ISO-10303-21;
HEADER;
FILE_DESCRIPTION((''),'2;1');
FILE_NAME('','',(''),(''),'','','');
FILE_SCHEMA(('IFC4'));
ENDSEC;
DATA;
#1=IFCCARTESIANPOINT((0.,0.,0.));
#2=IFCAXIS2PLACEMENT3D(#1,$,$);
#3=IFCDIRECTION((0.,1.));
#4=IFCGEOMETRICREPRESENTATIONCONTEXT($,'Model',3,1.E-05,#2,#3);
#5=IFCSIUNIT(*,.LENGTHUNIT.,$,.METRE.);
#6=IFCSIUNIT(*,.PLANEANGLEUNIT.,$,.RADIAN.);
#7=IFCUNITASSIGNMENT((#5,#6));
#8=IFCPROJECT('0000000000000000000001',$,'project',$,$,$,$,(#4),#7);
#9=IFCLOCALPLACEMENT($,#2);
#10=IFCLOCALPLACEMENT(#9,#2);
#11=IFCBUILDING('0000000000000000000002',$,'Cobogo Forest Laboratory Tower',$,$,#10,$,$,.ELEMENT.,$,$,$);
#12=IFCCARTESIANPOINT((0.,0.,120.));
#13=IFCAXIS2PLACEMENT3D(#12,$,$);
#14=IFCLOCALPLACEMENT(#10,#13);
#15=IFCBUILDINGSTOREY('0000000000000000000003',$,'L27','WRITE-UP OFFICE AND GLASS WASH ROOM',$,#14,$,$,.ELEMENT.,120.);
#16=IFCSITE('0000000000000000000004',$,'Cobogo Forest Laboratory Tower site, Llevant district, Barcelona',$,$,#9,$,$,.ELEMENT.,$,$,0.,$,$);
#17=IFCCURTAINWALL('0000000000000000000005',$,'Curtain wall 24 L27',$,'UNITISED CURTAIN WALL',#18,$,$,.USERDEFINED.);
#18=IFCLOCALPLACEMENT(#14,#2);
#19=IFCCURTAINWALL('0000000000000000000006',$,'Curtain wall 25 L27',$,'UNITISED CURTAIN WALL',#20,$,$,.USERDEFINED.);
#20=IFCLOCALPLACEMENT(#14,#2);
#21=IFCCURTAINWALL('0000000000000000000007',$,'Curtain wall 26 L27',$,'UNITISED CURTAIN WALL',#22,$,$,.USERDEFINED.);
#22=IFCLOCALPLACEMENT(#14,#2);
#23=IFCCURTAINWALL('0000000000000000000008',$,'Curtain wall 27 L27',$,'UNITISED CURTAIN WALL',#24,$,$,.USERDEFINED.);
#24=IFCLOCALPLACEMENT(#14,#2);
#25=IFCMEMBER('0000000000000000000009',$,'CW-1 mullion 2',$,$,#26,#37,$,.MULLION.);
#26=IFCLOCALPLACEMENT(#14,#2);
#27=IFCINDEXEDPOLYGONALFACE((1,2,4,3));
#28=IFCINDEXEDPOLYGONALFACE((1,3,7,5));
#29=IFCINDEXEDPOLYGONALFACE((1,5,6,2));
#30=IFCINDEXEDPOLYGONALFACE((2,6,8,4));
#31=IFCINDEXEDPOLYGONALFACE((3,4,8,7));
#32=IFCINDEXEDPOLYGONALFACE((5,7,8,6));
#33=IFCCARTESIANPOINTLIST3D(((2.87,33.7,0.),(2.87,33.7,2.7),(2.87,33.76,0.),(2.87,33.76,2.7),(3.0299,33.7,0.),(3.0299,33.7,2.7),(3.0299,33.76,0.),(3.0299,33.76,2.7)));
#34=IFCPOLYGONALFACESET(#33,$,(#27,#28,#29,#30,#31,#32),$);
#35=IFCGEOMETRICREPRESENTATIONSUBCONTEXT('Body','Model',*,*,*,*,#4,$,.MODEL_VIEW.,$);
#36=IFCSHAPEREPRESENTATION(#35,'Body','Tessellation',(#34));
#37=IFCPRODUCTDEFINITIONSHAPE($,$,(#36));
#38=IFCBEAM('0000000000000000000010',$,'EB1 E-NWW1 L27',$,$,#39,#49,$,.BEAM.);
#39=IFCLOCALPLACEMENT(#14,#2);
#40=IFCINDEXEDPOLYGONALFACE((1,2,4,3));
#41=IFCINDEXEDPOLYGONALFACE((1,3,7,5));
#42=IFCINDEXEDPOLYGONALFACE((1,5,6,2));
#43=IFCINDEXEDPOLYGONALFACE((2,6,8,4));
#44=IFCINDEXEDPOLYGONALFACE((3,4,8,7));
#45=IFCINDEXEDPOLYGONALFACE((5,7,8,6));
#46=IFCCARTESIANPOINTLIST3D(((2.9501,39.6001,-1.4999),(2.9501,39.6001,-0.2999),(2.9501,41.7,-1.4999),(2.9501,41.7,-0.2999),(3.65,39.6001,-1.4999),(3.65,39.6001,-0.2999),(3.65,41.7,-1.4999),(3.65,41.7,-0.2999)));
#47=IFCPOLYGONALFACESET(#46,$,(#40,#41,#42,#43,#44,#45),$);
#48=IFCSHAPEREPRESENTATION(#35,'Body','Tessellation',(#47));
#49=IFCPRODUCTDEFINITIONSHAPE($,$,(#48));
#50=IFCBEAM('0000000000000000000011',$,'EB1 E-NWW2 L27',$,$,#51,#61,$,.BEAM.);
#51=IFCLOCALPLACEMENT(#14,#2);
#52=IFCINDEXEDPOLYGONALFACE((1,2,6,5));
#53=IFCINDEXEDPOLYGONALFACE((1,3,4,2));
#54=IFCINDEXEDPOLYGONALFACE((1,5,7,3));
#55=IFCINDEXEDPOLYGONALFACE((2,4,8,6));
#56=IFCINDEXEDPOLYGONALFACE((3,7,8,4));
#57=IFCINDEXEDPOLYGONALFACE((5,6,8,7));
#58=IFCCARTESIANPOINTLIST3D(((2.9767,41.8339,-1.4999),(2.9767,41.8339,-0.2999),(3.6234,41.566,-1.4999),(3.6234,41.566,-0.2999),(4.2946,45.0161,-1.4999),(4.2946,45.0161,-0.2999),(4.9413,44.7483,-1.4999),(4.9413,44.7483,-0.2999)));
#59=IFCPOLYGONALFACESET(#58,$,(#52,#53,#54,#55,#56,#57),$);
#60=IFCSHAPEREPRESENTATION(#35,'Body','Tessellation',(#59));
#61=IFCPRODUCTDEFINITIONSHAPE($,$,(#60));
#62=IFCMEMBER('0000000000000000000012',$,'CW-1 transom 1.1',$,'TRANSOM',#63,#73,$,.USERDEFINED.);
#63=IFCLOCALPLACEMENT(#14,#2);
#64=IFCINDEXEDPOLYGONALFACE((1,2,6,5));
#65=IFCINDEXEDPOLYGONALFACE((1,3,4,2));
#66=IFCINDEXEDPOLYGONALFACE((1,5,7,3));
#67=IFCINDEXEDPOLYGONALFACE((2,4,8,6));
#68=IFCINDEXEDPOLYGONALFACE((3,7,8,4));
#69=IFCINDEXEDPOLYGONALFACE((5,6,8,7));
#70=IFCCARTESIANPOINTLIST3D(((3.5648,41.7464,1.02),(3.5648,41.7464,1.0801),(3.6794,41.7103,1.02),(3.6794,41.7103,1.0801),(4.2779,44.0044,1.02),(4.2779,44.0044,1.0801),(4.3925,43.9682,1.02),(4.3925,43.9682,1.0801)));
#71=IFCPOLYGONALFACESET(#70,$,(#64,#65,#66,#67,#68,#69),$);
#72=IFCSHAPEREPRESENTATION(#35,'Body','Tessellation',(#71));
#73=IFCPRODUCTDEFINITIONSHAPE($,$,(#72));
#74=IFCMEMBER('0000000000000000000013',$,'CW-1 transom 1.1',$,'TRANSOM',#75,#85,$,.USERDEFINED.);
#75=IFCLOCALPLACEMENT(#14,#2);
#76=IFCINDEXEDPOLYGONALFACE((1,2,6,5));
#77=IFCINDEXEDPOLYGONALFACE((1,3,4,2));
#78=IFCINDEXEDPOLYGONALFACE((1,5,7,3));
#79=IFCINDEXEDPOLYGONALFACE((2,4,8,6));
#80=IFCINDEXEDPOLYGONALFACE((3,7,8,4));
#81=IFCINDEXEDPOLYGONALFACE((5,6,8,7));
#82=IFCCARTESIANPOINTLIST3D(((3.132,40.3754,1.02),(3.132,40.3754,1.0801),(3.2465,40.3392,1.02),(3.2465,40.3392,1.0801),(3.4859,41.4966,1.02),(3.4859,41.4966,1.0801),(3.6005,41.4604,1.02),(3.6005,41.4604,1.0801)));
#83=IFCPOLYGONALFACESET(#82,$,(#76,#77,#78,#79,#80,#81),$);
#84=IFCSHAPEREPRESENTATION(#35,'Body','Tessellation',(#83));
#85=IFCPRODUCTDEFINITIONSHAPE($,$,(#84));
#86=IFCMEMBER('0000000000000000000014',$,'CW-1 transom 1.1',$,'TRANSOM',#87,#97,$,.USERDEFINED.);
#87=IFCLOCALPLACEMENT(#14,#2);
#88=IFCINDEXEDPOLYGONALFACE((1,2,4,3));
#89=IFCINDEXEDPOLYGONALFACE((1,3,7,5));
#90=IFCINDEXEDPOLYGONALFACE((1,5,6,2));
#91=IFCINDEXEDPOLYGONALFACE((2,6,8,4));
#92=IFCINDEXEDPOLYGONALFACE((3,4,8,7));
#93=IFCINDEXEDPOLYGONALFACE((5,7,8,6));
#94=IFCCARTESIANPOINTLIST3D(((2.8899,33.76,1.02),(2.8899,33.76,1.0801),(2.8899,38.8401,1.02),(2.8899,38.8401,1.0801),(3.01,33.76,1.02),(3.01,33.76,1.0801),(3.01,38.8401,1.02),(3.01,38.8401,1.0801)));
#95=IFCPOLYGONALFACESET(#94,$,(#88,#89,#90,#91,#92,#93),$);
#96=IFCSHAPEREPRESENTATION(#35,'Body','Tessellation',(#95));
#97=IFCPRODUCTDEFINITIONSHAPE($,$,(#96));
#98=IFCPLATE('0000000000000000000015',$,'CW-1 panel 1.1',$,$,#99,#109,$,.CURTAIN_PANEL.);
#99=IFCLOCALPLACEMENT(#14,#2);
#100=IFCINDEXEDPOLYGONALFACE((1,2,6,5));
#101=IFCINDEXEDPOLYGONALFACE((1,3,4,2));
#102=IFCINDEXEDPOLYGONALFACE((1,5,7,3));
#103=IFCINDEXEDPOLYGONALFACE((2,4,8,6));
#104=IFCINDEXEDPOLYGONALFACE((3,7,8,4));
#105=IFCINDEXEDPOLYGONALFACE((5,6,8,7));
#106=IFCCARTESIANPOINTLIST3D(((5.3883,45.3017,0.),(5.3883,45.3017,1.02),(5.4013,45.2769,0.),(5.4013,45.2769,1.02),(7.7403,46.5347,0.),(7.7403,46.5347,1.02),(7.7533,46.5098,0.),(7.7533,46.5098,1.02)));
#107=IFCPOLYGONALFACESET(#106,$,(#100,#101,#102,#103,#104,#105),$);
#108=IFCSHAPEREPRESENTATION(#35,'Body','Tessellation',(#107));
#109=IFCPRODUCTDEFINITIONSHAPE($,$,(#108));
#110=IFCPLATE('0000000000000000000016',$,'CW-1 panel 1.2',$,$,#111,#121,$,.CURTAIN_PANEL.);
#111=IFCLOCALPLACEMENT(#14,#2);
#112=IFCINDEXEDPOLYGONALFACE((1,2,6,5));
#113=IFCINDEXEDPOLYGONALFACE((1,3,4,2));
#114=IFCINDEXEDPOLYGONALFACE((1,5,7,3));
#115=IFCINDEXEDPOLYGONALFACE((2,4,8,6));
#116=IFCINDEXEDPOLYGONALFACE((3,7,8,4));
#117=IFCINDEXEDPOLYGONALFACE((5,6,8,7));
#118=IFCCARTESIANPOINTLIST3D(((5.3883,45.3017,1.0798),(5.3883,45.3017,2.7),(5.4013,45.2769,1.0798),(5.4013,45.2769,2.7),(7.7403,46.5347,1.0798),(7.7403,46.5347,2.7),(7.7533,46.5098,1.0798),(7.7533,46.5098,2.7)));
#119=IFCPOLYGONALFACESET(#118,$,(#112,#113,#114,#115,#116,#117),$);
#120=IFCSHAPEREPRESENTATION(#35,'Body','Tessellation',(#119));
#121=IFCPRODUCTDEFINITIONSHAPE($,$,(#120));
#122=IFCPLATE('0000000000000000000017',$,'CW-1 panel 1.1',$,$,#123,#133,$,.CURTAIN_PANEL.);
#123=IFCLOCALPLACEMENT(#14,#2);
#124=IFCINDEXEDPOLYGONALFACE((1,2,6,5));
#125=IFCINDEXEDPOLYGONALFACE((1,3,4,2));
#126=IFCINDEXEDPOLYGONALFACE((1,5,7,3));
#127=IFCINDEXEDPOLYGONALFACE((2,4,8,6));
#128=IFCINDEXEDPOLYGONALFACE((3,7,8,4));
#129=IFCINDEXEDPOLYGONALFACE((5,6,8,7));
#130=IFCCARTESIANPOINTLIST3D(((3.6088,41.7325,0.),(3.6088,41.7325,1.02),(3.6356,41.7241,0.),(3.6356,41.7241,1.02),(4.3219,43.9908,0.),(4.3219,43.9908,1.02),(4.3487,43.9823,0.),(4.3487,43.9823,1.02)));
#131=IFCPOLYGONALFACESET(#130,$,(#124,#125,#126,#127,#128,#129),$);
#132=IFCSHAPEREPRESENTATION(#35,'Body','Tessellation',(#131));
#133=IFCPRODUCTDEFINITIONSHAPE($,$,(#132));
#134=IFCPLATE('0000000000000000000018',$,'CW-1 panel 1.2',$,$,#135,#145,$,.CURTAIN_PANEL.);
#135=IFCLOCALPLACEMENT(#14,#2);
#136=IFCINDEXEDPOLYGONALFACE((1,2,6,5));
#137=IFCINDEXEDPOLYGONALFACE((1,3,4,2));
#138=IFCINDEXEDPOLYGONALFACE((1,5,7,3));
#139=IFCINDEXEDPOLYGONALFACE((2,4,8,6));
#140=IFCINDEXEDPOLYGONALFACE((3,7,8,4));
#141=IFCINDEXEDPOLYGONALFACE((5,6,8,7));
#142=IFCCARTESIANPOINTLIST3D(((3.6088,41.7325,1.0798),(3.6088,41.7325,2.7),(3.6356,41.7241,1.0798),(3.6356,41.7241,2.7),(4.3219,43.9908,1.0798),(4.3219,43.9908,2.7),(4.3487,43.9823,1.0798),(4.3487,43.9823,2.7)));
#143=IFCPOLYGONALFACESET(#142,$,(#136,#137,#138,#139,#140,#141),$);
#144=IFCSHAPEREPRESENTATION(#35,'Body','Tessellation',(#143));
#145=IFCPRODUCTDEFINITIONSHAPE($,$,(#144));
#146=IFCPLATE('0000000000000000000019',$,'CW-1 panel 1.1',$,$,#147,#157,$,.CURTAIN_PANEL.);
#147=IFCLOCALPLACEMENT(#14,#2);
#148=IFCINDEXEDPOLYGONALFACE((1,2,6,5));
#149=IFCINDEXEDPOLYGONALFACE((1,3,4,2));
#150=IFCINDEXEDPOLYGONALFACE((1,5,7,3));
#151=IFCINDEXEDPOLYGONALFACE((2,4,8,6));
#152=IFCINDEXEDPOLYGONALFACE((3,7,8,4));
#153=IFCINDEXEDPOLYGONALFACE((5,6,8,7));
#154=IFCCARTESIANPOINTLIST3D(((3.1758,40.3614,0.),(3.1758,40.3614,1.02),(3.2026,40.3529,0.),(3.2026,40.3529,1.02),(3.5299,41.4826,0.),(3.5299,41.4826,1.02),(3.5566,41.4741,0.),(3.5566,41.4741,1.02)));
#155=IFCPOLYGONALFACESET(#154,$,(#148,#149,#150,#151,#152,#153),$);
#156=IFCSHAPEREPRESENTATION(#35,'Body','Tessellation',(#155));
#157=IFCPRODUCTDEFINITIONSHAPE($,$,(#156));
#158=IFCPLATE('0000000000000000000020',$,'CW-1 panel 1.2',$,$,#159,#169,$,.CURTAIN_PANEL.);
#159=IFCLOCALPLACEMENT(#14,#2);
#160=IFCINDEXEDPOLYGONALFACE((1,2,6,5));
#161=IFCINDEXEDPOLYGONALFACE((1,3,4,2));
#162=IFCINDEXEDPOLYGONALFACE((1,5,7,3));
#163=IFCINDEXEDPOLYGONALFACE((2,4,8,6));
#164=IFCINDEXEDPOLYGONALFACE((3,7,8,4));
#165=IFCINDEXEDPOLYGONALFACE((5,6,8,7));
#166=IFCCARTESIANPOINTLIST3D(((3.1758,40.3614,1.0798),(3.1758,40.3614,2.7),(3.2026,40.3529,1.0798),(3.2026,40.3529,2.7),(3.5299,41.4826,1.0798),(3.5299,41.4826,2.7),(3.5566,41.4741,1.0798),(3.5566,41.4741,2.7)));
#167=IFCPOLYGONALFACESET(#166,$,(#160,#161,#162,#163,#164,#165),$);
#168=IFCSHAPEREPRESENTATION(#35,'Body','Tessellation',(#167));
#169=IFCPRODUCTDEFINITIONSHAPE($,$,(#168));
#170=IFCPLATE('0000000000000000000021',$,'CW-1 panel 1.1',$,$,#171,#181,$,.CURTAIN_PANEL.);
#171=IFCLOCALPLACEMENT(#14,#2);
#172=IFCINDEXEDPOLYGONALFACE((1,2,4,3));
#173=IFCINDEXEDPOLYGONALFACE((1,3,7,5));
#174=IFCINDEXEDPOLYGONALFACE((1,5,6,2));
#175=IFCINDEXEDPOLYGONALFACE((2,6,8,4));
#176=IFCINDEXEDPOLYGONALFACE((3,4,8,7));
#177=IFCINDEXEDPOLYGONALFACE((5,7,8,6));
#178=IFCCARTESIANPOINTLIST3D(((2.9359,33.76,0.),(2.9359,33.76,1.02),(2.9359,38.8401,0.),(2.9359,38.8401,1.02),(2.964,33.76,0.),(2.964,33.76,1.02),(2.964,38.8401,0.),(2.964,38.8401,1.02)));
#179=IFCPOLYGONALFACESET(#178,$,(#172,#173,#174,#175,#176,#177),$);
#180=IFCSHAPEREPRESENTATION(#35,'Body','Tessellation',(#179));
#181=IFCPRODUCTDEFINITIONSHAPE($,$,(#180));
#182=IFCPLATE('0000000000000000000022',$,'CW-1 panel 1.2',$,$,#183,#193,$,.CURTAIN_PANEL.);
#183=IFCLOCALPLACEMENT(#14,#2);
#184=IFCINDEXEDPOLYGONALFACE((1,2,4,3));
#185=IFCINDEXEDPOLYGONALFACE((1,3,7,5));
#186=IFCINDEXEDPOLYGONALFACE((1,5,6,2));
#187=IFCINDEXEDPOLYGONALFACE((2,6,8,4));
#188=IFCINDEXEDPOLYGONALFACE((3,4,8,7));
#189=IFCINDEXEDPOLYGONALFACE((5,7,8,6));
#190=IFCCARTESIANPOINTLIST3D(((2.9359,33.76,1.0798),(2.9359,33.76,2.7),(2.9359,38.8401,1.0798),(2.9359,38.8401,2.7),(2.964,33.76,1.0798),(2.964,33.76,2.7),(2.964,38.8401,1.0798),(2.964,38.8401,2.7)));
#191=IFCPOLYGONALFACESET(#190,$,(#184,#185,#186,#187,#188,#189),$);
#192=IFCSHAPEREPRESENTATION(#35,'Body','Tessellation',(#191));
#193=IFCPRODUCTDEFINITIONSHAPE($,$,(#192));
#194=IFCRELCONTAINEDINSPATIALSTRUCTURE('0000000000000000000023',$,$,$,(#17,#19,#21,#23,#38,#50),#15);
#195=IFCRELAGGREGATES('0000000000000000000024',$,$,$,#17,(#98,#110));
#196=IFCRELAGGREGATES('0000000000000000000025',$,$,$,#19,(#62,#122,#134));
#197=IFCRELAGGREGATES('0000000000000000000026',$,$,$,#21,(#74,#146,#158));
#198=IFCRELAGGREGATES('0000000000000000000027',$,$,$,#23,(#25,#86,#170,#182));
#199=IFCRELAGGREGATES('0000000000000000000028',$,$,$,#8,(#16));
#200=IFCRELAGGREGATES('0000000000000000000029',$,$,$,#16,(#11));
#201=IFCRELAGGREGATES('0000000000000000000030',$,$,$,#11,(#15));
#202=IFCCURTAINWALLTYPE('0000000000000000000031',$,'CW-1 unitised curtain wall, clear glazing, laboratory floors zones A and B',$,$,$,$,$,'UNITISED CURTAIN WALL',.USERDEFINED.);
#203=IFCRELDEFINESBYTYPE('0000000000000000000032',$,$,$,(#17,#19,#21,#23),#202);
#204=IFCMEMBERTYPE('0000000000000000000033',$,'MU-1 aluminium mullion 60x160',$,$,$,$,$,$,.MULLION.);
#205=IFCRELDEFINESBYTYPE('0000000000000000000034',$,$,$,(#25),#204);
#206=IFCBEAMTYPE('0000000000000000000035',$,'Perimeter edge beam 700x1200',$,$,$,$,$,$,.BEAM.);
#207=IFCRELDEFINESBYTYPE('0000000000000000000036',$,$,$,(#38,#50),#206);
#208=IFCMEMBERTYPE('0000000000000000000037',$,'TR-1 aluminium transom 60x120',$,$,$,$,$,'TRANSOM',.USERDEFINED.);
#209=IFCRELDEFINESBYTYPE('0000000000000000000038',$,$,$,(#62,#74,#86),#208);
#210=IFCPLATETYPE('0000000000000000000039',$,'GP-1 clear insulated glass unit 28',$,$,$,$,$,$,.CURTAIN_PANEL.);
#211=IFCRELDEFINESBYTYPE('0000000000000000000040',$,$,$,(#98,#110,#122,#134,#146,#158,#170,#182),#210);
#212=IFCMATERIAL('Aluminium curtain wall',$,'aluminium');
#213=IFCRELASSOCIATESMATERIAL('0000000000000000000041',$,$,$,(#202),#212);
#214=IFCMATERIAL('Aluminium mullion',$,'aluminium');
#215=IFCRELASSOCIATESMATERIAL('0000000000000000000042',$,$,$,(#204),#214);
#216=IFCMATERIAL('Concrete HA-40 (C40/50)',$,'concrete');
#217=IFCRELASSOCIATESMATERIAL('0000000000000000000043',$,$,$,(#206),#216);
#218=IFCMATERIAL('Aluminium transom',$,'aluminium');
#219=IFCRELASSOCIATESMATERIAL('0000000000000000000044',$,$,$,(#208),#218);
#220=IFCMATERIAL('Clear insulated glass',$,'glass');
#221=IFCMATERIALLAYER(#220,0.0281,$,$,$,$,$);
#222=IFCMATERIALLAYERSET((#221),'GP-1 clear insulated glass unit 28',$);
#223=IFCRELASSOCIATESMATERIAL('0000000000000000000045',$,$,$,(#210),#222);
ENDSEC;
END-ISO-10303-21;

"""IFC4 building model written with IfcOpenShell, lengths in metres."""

from ifc_helpers import new_model, si_unit, direction, frame, origin, origin_2d, place, context, subcontext, project, spatial, rectangle, extrude, material, layer, layer_set, material_profile, profile_set, type_object, element, aggregate, save


model = new_model("IFC4")

# Units and contexts
model_context = context("Model", 3, precision=1e-05, world=origin(), true_north=direction((0.0, 1.0)))
body_context = subcontext(model_context, "Body", "Model", "MODEL_VIEW")
ifc_project = project(units=[si_unit("LENGTHUNIT", "METRE"), si_unit("PLANEANGLEUNIT", "RADIAN")], contexts=[model_context])

# Site, building, storey
site_placement = place(None, origin())
site = spatial("IfcSite", under=ifc_project, at=site_placement, Name="Cobogo Forest Laboratory Tower site, Llevant district, Barcelona", CompositionType="ELEMENT", RefElevation=0.0)
building_placement = place(site_placement, origin())
building = spatial("IfcBuilding", under=site, at=building_placement, Name="Cobogo Forest Laboratory Tower", CompositionType="ELEMENT")
storey_placement = place(building_placement, frame((0.0, 0.0, 120.0)))
storey = spatial("IfcBuildingStorey", under=building, at=storey_placement, Name="L27", Description="WRITE-UP OFFICE AND GLASS WASH ROOM", CompositionType="ELEMENT", Elevation=120.0)

# Shared definitions
ifc_material_1 = material(Name="Concrete HA-40 (C40/50)", Category="concrete")

# Curtain wall
ifc_material_2 = material(Name="Aluminium curtain wall", Category="aluminium")
curtain_wall_type = type_object("IfcCurtainWallType", Name="CW-1 unitised curtain wall, clear glazing, laboratory floors zones A and B", ElementType="UNITISED CURTAIN WALL", PredefinedType="USERDEFINED", material=ifc_material_2)
curtain_wall_1_placement = place(storey_placement, origin())
curtain_wall_1 = element("IfcCurtainWall", 1, at=curtain_wall_1_placement, inside=storey, type_object=curtain_wall_type, Name="Curtain wall 24 L27", ObjectType="UNITISED CURTAIN WALL", PredefinedType="USERDEFINED")
ifc_material_3 = material(Name="Aluminium mullion", Category="aluminium")
ifc_material_profile_1 = material_profile(ifc_material_3, rectangle(XDim=0.0601, YDim=0.1599, at=origin_2d()), Name="AL 60x160")
ifc_profile_set_1 = profile_set([ifc_material_profile_1], Name="Aluminium mullion")
member_type_1 = type_object("IfcMemberType", Name="MU-1 aluminium mullion 60x160", PredefinedType="MULLION", material=ifc_profile_set_1)

# Curtain walls, member
curtain_wall_2_placement = place(storey_placement, origin())
curtain_wall_2 = element("IfcCurtainWall", 2, at=curtain_wall_2_placement, inside=storey, type_object=curtain_wall_type, Name="Curtain wall 25 L27", ObjectType="UNITISED CURTAIN WALL", PredefinedType="USERDEFINED")
curtain_wall_3_placement = place(storey_placement, origin())
curtain_wall_3 = element("IfcCurtainWall", 3, at=curtain_wall_3_placement, inside=storey, type_object=curtain_wall_type, Name="Curtain wall 26 L27", ObjectType="UNITISED CURTAIN WALL", PredefinedType="USERDEFINED")
curtain_wall_4_placement = place(storey_placement, origin())
curtain_wall_4 = element("IfcCurtainWall", 4, at=curtain_wall_4_placement, inside=storey, type_object=curtain_wall_type, Name="Curtain wall 27 L27", ObjectType="UNITISED CURTAIN WALL", PredefinedType="USERDEFINED")
member_1_placement = place(storey_placement, frame((2.95, 33.73, 0.0), z_axis=(0.0, 0.0, 1.0), x_axis=(0.0, -1.0, 0.0)))
member_1 = element("IfcMember", 5, at=member_1_placement, type_object=member_type_1, Name="CW-1 mullion 2", PredefinedType="MULLION", context=body_context, shape_type="SweptSolid", body=[
    extrude(rectangle(XDim=0.0601, YDim=0.1599, at=origin_2d()), origin(), (0.0, 0.0, 1.0), 2.7),
])

# Beams
ifc_material_profile_2 = material_profile(ifc_material_1, rectangle(XDim=0.7, YDim=1.2, at=origin_2d()), Name="RC 700x1200")
ifc_profile_set_2 = profile_set([ifc_material_profile_2], Name="Concrete HA-40 (C40/50)")
beam_type_1 = type_object("IfcBeamType", Name="Perimeter edge beam 700x1200", PredefinedType="BEAM", material=ifc_profile_set_2)
beam_1_placement = place(storey_placement, frame((3.3, 39.6001, -0.8999), z_axis=(0.0, 1.0, 0.0), x_axis=(-1.0, 0.0, 0.0)))
element("IfcBeam", 6, at=beam_1_placement, inside=storey, type_object=beam_type_1, Name="EB1 E-NWW1 L27", PredefinedType="BEAM", context=body_context, shape_type="SweptSolid", body=[
    extrude(rectangle(XDim=0.7, YDim=1.2, at=origin_2d()), origin(), (0.0, 0.0, 1.0), 2.0999),
])
beam_2_placement = place(storey_placement, frame((3.3, 41.7, -0.8999), z_axis=(0.382631, 0.923901, 0.0), x_axis=(-0.923901, 0.382631, 0.0)))
element("IfcBeam", 7, at=beam_2_placement, inside=storey, type_object=beam_type_1, Name="EB1 E-NWW2 L27", PredefinedType="BEAM", context=body_context, shape_type="SweptSolid", body=[
    extrude(rectangle(XDim=0.7, YDim=1.2, at=origin_2d()), origin(), (0.0, 0.0, 1.0), 3.4443),
])

# Members
ifc_material_4 = material(Name="Aluminium transom", Category="aluminium")
ifc_material_profile_3 = material_profile(ifc_material_4, rectangle(XDim=0.1201, YDim=0.0601, at=origin_2d()), Name="AL 60x120")
ifc_profile_set_3 = profile_set([ifc_material_profile_3], Name="Aluminium transom")
member_type_2 = type_object("IfcMemberType", Name="TR-1 aluminium transom 60x120", ElementType="TRANSOM", PredefinedType="USERDEFINED", material=ifc_profile_set_3)
member_2_placement = place(storey_placement, frame((4.3352, 43.9863, 1.05), z_axis=(-0.301156, -0.953575, 0.0), x_axis=(0.953575, -0.301156, 0.0)))
member_2 = element("IfcMember", 8, at=member_2_placement, type_object=member_type_2, Name="CW-1 transom 1.1", ObjectType="TRANSOM", PredefinedType="USERDEFINED", context=body_context, shape_type="SweptSolid", body=[
    extrude(rectangle(XDim=0.1201, YDim=0.0601, at=origin_2d()), origin(), (0.0, 0.0, 1.0), 2.3679),
])
member_3_placement = place(storey_placement, frame((3.5432, 41.4785, 1.05), z_axis=(-0.301052, -0.953608, 0.0), x_axis=(0.953608, -0.301052, 0.0)))
member_3 = element("IfcMember", 9, at=member_3_placement, type_object=member_type_2, Name="CW-1 transom 1.1", ObjectType="TRANSOM", PredefinedType="USERDEFINED", context=body_context, shape_type="SweptSolid", body=[
    extrude(rectangle(XDim=0.1201, YDim=0.0601, at=origin_2d()), origin(), (0.0, 0.0, 1.0), 1.1758),
])
member_4_placement = place(storey_placement, frame((2.95, 38.8401, 1.05), z_axis=(0.0, -1.0, 0.0), x_axis=(1.0, 0.0, 0.0)))
member_4 = element("IfcMember", 10, at=member_4_placement, type_object=member_type_2, Name="CW-1 transom 1.1", ObjectType="TRANSOM", PredefinedType="USERDEFINED", context=body_context, shape_type="SweptSolid", body=[
    extrude(rectangle(XDim=0.1201, YDim=0.0601, at=origin_2d()), origin(), (0.0, 0.0, 1.0), 5.0801),
])

# Plates
ifc_material_5 = material(Name="Clear insulated glass", Category="glass")
ifc_layer_1 = layer(ifc_material_5, 0.0281)
ifc_layer_set_1 = layer_set([ifc_layer_1], Name="GP-1 clear insulated glass unit 28")
plate_type_1 = type_object("IfcPlateType", Name="GP-1 clear insulated glass unit 28", PredefinedType="CURTAIN_PANEL", material=ifc_layer_set_1)
plate_1_placement = place(storey_placement, frame((6.5708, 45.9058, 0.0), z_axis=(0.0, 0.0, 1.0), x_axis=(-0.885687, -0.464284, 0.0)))
plate_1 = element("IfcPlate", 11, at=plate_1_placement, type_object=plate_type_1, Name="CW-1 panel 1.1", PredefinedType="CURTAIN_PANEL", context=body_context, shape_type="SweptSolid", body=[
    extrude(rectangle(XDim=2.6555, YDim=0.0281, at=origin_2d()), origin(), (0.0, 0.0, 1.0), 1.02),
])
plate_2_placement = place(storey_placement, frame((6.5708, 45.9058, 1.0798), z_axis=(0.0, 0.0, 1.0), x_axis=(-0.885687, -0.464284, 0.0)))
plate_2 = element("IfcPlate", 12, at=plate_2_placement, type_object=plate_type_1, Name="CW-1 panel 1.2", PredefinedType="CURTAIN_PANEL", context=body_context, shape_type="SweptSolid", body=[
    extrude(rectangle(XDim=2.6555, YDim=0.0281, at=origin_2d()), origin(), (0.0, 0.0, 1.0), 1.6201),
])
aggregate(curtain_wall_1, [plate_1, plate_2])
plate_3_placement = place(storey_placement, frame((3.9788, 42.8574, 0.0), z_axis=(0.0, 0.0, 1.0), x_axis=(-0.301135, -0.953581, 0.0)))
plate_3 = element("IfcPlate", 13, at=plate_3_placement, type_object=plate_type_1, Name="CW-1 panel 1.1", PredefinedType="CURTAIN_PANEL", context=body_context, shape_type="SweptSolid", body=[
    extrude(rectangle(XDim=2.3682, YDim=0.0281, at=origin_2d()), origin(), (0.0, 0.0, 1.0), 1.02),
])
plate_4_placement = place(storey_placement, frame((3.9788, 42.8574, 1.0798), z_axis=(0.0, 0.0, 1.0), x_axis=(-0.301135, -0.953581, 0.0)))
plate_4 = element("IfcPlate", 14, at=plate_4_placement, type_object=plate_type_1, Name="CW-1 panel 1.2", PredefinedType="CURTAIN_PANEL", context=body_context, shape_type="SweptSolid", body=[
    extrude(rectangle(XDim=2.3682, YDim=0.0281, at=origin_2d()), origin(), (0.0, 0.0, 1.0), 1.6201),
])
aggregate(curtain_wall_2, [member_2, plate_3, plate_4])
plate_5_placement = place(storey_placement, frame((3.3662, 40.9177, 0.0), z_axis=(0.0, 0.0, 1.0), x_axis=(-0.301135, -0.953581, 0.0)))
plate_5 = element("IfcPlate", 15, at=plate_5_placement, type_object=plate_type_1, Name="CW-1 panel 1.1", PredefinedType="CURTAIN_PANEL", context=body_context, shape_type="SweptSolid", body=[
    extrude(rectangle(XDim=1.1758, YDim=0.0281, at=origin_2d()), origin(), (0.0, 0.0, 1.0), 1.02),
])
plate_6_placement = place(storey_placement, frame((3.3662, 40.9177, 1.0798), z_axis=(0.0, 0.0, 1.0), x_axis=(-0.301135, -0.953581, 0.0)))
plate_6 = element("IfcPlate", 16, at=plate_6_placement, type_object=plate_type_1, Name="CW-1 panel 1.2", PredefinedType="CURTAIN_PANEL", context=body_context, shape_type="SweptSolid", body=[
    extrude(rectangle(XDim=1.1758, YDim=0.0281, at=origin_2d()), origin(), (0.0, 0.0, 1.0), 1.6201),
])
aggregate(curtain_wall_3, [member_3, plate_5, plate_6])
plate_7_placement = place(storey_placement, frame((2.95, 36.3, 0.0), z_axis=(0.0, 0.0, 1.0), x_axis=(0.0, -1.0, 0.0)))
plate_7 = element("IfcPlate", 17, at=plate_7_placement, type_object=plate_type_1, Name="CW-1 panel 1.1", PredefinedType="CURTAIN_PANEL", context=body_context, shape_type="SweptSolid", body=[
    extrude(rectangle(XDim=5.0801, YDim=0.0281, at=origin_2d()), origin(), (0.0, 0.0, 1.0), 1.02),
])
plate_8_placement = place(storey_placement, frame((2.95, 36.3, 1.0798), z_axis=(0.0, 0.0, 1.0), x_axis=(0.0, -1.0, 0.0)))
plate_8 = element("IfcPlate", 18, at=plate_8_placement, type_object=plate_type_1, Name="CW-1 panel 1.2", PredefinedType="CURTAIN_PANEL", context=body_context, shape_type="SweptSolid", body=[
    extrude(rectangle(XDim=5.0801, YDim=0.0281, at=origin_2d()), origin(), (0.0, 0.0, 1.0), 1.6201),
])
aggregate(curtain_wall_4, [member_1, member_4, plate_7, plate_8])

save(model, "model.ifc")
